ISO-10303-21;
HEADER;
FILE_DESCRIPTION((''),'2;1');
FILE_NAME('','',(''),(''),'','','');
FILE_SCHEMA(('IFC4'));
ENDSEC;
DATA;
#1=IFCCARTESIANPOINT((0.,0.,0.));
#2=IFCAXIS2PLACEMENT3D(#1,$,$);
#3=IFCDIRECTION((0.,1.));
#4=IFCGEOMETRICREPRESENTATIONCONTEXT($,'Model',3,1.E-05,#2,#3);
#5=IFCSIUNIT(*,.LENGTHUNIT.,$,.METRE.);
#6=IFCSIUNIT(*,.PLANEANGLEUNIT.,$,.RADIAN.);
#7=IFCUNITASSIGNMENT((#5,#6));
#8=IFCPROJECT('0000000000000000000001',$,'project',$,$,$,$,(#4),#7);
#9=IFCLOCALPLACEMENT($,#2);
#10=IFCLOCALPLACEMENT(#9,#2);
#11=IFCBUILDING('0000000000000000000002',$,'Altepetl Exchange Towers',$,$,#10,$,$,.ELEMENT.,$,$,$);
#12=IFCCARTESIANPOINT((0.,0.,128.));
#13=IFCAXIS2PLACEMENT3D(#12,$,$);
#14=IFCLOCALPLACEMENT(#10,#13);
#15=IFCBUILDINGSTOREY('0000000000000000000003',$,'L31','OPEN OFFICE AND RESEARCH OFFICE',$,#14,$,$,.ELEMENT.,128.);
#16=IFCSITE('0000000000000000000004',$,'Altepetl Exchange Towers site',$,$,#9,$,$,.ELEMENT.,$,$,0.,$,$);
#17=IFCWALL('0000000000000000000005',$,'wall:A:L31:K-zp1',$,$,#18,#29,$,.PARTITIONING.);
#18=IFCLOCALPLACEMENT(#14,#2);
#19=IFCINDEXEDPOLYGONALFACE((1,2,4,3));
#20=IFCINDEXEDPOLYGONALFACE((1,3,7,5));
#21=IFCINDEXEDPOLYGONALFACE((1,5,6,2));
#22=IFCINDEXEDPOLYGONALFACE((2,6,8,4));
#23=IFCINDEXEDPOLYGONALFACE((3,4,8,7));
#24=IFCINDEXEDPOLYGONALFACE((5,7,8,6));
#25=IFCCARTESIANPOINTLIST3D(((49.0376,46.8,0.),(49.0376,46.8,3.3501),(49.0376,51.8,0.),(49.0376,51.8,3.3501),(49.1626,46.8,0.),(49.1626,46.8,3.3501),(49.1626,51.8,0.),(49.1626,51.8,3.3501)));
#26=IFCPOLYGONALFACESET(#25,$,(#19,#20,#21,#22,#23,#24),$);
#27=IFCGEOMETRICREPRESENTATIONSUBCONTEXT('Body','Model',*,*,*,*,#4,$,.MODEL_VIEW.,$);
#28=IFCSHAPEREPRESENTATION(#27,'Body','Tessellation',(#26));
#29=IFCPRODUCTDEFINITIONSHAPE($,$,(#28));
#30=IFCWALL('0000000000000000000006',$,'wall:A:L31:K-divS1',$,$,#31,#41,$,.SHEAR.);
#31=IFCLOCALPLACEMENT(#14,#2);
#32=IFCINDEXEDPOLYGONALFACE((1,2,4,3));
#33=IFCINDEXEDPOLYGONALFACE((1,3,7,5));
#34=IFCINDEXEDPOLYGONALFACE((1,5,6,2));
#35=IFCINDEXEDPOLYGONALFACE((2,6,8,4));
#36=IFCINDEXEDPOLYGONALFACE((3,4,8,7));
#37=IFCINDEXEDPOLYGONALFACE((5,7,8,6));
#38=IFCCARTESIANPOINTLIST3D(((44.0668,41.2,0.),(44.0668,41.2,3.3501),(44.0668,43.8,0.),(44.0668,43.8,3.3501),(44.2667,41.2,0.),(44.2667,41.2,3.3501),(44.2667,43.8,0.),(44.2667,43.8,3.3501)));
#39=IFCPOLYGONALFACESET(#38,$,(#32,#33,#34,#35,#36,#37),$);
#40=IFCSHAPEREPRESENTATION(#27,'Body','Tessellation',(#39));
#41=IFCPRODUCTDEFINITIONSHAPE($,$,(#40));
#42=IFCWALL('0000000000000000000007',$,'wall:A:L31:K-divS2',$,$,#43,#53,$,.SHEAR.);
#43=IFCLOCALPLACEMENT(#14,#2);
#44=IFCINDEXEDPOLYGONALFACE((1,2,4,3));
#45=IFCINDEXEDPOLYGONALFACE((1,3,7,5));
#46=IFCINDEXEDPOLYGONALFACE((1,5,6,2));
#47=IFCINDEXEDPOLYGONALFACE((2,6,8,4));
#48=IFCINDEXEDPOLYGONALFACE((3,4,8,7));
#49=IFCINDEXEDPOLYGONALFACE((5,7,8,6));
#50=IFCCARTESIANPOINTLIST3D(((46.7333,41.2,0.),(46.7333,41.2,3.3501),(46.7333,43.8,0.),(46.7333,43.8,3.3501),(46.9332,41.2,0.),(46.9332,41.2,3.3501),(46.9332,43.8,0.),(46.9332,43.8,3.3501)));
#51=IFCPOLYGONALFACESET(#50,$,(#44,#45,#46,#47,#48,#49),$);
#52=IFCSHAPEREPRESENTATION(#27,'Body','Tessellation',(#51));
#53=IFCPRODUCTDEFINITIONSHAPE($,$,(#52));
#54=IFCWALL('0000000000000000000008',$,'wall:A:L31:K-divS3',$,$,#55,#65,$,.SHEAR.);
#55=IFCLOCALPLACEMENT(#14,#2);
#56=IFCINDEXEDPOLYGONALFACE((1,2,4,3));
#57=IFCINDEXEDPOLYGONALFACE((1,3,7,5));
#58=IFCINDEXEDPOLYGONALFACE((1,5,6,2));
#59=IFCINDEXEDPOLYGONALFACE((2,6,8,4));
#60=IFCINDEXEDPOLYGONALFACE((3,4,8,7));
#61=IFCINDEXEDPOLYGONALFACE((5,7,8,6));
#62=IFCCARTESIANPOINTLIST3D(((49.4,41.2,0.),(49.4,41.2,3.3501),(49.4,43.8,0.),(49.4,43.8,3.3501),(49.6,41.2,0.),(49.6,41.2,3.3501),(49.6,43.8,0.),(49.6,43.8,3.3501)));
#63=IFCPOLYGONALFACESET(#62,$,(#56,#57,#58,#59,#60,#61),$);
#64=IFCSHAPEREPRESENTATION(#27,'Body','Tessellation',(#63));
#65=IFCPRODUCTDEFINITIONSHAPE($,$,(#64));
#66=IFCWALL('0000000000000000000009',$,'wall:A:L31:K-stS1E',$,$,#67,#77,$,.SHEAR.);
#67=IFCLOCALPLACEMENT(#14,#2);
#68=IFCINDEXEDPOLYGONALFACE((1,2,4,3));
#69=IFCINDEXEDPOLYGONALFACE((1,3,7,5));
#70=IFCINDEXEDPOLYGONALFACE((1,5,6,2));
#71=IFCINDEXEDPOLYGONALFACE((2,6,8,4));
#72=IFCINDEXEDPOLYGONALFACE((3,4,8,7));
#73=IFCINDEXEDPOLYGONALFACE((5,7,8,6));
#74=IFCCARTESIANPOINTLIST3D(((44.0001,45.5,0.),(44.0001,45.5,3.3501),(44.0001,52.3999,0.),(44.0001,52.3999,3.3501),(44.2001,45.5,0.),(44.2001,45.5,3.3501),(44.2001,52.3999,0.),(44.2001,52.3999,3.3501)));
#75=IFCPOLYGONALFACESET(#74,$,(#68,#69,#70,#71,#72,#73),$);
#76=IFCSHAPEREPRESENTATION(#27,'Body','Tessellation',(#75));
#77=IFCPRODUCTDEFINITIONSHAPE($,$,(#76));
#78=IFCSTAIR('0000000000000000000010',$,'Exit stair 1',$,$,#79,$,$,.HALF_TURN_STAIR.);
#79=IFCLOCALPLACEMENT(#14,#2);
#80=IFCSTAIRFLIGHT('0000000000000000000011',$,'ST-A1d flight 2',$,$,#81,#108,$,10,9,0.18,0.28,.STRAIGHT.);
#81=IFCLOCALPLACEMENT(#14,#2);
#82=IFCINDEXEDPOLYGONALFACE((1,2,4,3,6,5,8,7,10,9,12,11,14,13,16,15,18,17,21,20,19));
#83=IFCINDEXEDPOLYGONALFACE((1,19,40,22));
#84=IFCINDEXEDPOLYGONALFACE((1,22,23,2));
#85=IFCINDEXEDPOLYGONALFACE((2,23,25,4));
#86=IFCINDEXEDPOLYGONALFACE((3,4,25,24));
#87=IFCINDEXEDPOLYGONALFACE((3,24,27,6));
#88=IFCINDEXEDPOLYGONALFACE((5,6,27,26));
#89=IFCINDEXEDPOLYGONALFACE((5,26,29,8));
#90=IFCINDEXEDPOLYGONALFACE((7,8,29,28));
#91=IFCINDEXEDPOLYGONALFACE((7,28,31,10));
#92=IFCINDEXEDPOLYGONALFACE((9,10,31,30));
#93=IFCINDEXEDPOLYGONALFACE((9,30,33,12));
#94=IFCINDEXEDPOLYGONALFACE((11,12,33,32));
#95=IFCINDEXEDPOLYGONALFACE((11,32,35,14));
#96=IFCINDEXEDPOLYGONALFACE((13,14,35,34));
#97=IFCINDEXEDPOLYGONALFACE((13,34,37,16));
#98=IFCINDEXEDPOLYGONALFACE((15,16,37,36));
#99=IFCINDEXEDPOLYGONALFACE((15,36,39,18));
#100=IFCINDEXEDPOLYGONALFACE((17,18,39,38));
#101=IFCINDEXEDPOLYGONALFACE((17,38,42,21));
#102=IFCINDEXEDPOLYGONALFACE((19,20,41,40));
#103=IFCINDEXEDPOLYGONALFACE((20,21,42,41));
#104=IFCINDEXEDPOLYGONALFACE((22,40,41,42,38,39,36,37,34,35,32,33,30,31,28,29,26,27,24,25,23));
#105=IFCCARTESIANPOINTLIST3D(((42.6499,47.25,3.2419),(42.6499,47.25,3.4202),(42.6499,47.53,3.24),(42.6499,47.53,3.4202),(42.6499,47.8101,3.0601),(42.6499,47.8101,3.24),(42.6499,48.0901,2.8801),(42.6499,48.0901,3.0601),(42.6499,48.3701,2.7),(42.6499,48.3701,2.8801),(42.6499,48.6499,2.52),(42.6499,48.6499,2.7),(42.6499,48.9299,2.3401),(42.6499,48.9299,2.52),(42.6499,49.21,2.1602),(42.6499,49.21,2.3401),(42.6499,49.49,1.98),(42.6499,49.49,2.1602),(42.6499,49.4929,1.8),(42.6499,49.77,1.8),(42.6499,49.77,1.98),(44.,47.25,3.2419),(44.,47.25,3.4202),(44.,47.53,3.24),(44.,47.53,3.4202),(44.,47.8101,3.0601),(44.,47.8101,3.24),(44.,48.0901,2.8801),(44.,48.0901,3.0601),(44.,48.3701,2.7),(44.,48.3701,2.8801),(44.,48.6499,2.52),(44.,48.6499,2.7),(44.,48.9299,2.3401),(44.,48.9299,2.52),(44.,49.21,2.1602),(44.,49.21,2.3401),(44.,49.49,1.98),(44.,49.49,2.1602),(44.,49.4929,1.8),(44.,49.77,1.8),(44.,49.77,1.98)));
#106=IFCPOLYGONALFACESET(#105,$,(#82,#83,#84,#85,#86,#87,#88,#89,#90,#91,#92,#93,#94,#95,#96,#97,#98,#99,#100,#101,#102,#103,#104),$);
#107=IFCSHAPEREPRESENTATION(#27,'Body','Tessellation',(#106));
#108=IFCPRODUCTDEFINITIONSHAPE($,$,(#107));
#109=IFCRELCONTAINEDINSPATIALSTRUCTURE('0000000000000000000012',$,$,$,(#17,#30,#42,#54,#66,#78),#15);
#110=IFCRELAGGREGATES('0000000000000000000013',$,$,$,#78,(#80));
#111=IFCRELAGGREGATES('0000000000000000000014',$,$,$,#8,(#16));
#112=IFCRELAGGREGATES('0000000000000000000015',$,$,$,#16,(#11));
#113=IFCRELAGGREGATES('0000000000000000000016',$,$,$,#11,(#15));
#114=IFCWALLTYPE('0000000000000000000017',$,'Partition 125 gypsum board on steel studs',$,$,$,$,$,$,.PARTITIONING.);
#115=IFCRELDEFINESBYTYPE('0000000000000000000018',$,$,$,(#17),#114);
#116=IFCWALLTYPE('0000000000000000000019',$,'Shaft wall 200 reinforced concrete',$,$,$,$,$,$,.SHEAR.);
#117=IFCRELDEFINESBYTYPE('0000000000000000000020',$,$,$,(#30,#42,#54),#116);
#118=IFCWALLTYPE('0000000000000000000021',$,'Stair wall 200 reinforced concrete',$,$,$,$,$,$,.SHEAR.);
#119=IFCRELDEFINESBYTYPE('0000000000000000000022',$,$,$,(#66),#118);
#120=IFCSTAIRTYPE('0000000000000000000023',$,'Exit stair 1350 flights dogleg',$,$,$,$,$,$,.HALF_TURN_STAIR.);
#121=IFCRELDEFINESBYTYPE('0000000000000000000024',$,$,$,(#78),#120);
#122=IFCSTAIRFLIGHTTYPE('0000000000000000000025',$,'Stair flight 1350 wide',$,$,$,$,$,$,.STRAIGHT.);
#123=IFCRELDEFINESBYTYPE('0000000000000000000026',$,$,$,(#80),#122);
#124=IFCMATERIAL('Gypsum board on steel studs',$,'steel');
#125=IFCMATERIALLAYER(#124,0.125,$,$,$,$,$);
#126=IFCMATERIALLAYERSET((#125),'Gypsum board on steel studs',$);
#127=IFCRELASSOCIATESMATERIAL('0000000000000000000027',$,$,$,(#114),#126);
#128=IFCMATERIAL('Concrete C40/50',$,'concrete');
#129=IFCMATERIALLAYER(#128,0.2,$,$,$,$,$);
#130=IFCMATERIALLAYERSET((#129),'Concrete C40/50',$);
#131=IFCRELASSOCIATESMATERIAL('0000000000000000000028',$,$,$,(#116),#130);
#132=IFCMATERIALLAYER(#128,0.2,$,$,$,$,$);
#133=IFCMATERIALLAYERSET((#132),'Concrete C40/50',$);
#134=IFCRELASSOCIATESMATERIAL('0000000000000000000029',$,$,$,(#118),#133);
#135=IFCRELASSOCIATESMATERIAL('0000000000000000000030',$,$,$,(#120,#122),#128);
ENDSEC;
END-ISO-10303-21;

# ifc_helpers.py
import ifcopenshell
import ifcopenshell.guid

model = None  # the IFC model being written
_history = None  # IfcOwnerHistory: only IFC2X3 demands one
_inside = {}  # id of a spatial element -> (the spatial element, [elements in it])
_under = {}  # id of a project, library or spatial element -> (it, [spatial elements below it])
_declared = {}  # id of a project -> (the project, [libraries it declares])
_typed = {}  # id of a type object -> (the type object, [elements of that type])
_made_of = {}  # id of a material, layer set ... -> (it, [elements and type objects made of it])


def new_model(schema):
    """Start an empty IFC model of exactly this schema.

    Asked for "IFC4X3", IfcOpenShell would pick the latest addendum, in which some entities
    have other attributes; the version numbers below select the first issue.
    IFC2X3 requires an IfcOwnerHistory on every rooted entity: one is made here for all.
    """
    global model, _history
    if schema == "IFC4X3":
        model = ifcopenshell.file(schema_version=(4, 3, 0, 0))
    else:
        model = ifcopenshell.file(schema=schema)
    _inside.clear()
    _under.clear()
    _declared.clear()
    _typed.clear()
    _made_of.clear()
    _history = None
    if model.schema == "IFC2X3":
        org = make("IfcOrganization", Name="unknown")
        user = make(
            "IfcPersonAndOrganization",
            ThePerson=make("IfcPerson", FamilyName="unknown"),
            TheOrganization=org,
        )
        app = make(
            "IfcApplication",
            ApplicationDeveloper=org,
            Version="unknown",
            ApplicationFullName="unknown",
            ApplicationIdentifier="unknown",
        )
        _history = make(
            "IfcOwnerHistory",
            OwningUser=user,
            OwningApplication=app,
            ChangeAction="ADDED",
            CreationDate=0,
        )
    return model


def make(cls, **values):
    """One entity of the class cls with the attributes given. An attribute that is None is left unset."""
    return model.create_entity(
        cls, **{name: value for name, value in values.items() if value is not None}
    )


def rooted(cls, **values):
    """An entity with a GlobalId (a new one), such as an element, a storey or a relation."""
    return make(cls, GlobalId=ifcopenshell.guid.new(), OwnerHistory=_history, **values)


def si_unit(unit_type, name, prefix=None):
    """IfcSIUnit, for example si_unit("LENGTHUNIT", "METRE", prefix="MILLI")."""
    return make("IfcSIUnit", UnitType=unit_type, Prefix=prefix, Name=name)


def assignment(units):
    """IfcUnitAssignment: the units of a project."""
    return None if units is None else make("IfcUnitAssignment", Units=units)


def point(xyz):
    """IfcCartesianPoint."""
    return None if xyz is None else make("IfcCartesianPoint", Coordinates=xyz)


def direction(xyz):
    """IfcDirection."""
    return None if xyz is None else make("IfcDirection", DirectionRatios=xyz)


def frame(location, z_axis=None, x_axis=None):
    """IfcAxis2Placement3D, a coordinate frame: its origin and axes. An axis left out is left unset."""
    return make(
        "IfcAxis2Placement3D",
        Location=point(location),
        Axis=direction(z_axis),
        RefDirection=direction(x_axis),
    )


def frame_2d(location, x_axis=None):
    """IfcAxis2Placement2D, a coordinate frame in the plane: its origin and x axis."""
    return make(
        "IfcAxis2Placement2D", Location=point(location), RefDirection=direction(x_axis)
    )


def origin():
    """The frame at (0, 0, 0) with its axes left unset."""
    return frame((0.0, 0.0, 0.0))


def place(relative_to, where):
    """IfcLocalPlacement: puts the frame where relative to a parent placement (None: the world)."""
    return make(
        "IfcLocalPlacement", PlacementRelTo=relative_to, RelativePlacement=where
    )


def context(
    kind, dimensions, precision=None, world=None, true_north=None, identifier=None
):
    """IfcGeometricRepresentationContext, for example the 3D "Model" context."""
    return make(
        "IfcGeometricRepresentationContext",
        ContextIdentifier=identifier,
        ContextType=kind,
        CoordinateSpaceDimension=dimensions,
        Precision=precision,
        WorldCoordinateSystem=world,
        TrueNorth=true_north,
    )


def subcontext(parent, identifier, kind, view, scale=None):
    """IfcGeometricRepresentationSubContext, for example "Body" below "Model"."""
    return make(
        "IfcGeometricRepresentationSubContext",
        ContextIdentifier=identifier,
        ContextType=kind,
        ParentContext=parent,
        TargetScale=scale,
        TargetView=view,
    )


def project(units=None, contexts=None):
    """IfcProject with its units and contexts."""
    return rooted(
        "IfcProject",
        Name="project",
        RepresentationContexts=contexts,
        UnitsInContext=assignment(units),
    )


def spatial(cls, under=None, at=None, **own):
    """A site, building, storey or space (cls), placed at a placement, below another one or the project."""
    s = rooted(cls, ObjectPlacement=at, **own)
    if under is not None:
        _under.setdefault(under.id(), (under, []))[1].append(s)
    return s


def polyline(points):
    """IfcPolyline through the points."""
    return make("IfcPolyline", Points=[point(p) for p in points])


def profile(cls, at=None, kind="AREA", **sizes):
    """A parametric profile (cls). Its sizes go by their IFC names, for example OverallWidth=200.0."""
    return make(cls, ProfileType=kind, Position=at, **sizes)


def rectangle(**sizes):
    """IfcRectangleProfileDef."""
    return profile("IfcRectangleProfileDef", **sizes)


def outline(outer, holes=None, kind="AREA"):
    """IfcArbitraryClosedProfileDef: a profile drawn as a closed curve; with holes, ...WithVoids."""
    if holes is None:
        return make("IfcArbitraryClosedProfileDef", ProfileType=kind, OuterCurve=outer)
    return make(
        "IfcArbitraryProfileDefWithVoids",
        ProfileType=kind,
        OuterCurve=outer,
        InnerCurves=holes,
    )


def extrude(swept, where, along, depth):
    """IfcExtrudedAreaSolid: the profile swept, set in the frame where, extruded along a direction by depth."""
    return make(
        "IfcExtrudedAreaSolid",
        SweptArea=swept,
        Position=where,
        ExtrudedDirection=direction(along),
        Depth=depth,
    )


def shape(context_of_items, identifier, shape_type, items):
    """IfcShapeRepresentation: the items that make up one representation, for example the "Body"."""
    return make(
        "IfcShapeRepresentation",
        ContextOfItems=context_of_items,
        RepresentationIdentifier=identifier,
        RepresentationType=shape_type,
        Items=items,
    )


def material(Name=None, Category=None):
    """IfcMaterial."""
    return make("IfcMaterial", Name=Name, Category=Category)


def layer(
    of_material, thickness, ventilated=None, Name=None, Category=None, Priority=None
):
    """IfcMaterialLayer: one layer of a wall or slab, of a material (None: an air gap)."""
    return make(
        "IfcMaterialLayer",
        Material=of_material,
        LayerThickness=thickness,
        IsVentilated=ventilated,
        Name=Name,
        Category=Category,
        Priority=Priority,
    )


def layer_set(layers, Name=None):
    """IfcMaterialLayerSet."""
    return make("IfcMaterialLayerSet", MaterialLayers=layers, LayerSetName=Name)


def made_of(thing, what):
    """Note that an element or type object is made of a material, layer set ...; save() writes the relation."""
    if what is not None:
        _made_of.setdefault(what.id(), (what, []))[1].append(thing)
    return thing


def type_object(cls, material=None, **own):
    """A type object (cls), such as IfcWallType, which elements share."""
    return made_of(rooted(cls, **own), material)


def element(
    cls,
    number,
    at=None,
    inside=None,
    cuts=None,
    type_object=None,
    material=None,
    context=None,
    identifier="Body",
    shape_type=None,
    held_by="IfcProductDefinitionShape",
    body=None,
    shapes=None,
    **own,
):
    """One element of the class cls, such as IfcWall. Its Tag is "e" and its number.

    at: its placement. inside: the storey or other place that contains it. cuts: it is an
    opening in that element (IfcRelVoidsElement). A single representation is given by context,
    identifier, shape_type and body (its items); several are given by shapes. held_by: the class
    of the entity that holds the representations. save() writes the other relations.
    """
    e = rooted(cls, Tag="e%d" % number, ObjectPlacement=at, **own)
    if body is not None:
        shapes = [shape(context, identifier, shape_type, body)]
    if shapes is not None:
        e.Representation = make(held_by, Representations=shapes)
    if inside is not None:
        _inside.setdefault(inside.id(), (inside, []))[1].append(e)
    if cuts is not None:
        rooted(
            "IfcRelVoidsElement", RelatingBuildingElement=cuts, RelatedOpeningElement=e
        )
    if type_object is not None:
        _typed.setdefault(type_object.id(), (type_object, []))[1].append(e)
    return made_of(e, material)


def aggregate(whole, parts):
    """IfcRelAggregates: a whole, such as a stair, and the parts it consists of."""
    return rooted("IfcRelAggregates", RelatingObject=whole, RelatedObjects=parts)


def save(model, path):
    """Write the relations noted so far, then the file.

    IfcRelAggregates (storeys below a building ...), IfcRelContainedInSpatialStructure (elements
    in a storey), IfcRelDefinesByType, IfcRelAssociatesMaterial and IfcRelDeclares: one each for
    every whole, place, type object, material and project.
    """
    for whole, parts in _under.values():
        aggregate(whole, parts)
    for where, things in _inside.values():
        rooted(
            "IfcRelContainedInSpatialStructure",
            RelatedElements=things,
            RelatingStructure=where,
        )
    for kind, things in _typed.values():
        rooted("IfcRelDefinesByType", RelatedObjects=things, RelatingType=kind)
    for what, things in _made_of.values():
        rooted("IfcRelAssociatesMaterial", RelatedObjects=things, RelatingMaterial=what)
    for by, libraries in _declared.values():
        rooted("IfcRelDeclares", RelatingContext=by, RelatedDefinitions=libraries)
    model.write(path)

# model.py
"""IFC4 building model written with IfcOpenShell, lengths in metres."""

from ifc_helpers import new_model, si_unit, direction, frame, frame_2d, origin, place, context, subcontext, project, spatial, polyline, rectangle, outline, extrude, material, layer, layer_set, type_object, element, aggregate, save


model = new_model("IFC4")

# Units and contexts
model_context = context("Model", 3, precision=1e-05, world=origin(), true_north=direction((0.0, 1.0)))
body_context = subcontext(model_context, "Body", "Model", "MODEL_VIEW")
ifc_project = project(units=[si_unit("LENGTHUNIT", "METRE"), si_unit("PLANEANGLEUNIT", "RADIAN")], contexts=[model_context])

# Site, building, storey
site_placement = place(None, origin())
site = spatial("IfcSite", under=ifc_project, at=site_placement, Name="Altepetl Exchange Towers site", CompositionType="ELEMENT", RefElevation=0.0)
building_placement = place(site_placement, origin())
building = spatial("IfcBuilding", under=site, at=building_placement, Name="Altepetl Exchange Towers", CompositionType="ELEMENT")
storey_placement = place(building_placement, frame((0.0, 0.0, 128.0)))
storey = spatial("IfcBuildingStorey", under=building, at=storey_placement, Name="L31", Description="OPEN OFFICE AND RESEARCH OFFICE", CompositionType="ELEMENT", Elevation=128.0)

# Walls
ifc_material_1 = material(Name="Gypsum board on steel studs", Category="steel")
ifc_layer_1 = layer(ifc_material_1, 0.125)
ifc_layer_set_1 = layer_set([ifc_layer_1], Name="Gypsum board on steel studs")
wall_type_1 = type_object("IfcWallType", Name="Partition 125 gypsum board on steel studs", PredefinedType="PARTITIONING", material=ifc_layer_set_1)
wall_1_placement = place(storey_placement, frame((49.1001, 46.8, 0.0), z_axis=(0.0, 0.0, 1.0), x_axis=(0.0, 1.0, 0.0)))
element("IfcWall", 1, at=wall_1_placement, inside=storey, type_object=wall_type_1, Name="wall:A:L31:K-zp1", PredefinedType="PARTITIONING", context=body_context, shape_type="SweptSolid", body=[
    extrude(rectangle(XDim=5.0, YDim=0.125, at=frame_2d((2.5, 0.0))), origin(), (0.0, 0.0, 1.0), 3.3501),
])
ifc_material_2 = material(Name="Concrete C40/50", Category="concrete")
ifc_layer_2 = layer(ifc_material_2, 0.2)
ifc_layer_set_2 = layer_set([ifc_layer_2], Name="Concrete C40/50")
wall_type_2 = type_object("IfcWallType", Name="Shaft wall 200 reinforced concrete", PredefinedType="SHEAR", material=ifc_layer_set_2)
for number, where, z_axis, x_axis, name in (
    (2, (44.1667, 41.2, 0.0), (0.0, 0.0, 1.0), (0.0, 1.0, 0.0), "wall:A:L31:K-divS1"),
    (3, (46.8333, 41.2, 0.0), (0.0, 0.0, 1.0), (0.0, 1.0, 0.0), "wall:A:L31:K-divS2"),
    (4, (49.5, 41.2, 0.0), (0.0, 0.0, 1.0), (0.0, 1.0, 0.0), "wall:A:L31:K-divS3"),
):
    element("IfcWall", number, at=place(storey_placement, frame(where, z_axis=z_axis, x_axis=x_axis)), inside=storey, type_object=wall_type_2, Name=name, PredefinedType="SHEAR", context=body_context, shape_type="SweptSolid", body=[
        extrude(rectangle(XDim=2.6001, YDim=0.2, at=frame_2d((1.3, 0.0))), origin(), (0.0, 0.0, 1.0), 3.3501),
    ])
ifc_layer_3 = layer(ifc_material_2, 0.2)
ifc_layer_set_3 = layer_set([ifc_layer_3], Name="Concrete C40/50")
wall_type_3 = type_object("IfcWallType", Name="Stair wall 200 reinforced concrete", PredefinedType="SHEAR", material=ifc_layer_set_3)
wall_2_placement = place(storey_placement, frame((44.1001, 45.5, 0.0), z_axis=(0.0, 0.0, 1.0), x_axis=(0.0, 1.0, 0.0)))
element("IfcWall", 5, at=wall_2_placement, inside=storey, type_object=wall_type_3, Name="wall:A:L31:K-stS1E", PredefinedType="SHEAR", context=body_context, shape_type="SweptSolid", body=[
    extrude(rectangle(XDim=6.8999, YDim=0.2, at=frame_2d((3.45, 0.0))), origin(), (0.0, 0.0, 1.0), 3.3501),
])

# Stair, stair flight
stair_type = type_object("IfcStairType", Name="Exit stair 1350 flights dogleg", PredefinedType="HALF_TURN_STAIR", material=ifc_material_2)
stair_placement = place(storey_placement, origin())
stair = element("IfcStair", 6, at=stair_placement, inside=storey, type_object=stair_type, Name="Exit stair 1", PredefinedType="HALF_TURN_STAIR")
stair_flight_type = type_object("IfcStairFlightType", Name="Stair flight 1350 wide", PredefinedType="STRAIGHT", material=ifc_material_2)
stair_flight_placement = place(storey_placement, frame((43.325, 49.77, 1.8), z_axis=(0.0, 0.0, 1.0), x_axis=(0.0, -1.0, 0.0)))
stair_flight = element("IfcStairFlight", 7, at=stair_flight_placement, type_object=stair_flight_type, Name="ST-A1d flight 2", NumberOfRisers=10, NumberOfTreads=9, PredefinedType="STRAIGHT", RiserHeight=0.18, TreadLength=0.28, context=body_context, shape_type="SweptSolid", body=[
    extrude(outline(polyline([(0.0, 0.0), (0.0, 0.1799), (0.28, 0.1799), (0.28, 0.3601), (0.5601, 0.3601), (0.5601, 0.54), (0.8401, 0.54), (0.8401, 0.72), (1.1201, 0.72), (1.1201, 0.8999), (1.3999, 0.8999), (1.3999, 1.0801), (1.6799, 1.0801), (1.6799, 1.26), (1.96, 1.26), (1.96, 1.4399), (2.24, 1.4399), (2.24, 1.6201), (2.52, 1.6201), (2.52, 1.8), (2.52, 1.4419), (0.2771, 0.0), (0.0, 0.0)])), frame((0.0, 0.675, 0.0), z_axis=(0.0, -1.0, 0.0), x_axis=(1.0, 0.0, 0.0)), (0.0, 0.0, 1.0), 1.3501),
])
aggregate(stair, [stair_flight])

save(model, "model.ifc")
